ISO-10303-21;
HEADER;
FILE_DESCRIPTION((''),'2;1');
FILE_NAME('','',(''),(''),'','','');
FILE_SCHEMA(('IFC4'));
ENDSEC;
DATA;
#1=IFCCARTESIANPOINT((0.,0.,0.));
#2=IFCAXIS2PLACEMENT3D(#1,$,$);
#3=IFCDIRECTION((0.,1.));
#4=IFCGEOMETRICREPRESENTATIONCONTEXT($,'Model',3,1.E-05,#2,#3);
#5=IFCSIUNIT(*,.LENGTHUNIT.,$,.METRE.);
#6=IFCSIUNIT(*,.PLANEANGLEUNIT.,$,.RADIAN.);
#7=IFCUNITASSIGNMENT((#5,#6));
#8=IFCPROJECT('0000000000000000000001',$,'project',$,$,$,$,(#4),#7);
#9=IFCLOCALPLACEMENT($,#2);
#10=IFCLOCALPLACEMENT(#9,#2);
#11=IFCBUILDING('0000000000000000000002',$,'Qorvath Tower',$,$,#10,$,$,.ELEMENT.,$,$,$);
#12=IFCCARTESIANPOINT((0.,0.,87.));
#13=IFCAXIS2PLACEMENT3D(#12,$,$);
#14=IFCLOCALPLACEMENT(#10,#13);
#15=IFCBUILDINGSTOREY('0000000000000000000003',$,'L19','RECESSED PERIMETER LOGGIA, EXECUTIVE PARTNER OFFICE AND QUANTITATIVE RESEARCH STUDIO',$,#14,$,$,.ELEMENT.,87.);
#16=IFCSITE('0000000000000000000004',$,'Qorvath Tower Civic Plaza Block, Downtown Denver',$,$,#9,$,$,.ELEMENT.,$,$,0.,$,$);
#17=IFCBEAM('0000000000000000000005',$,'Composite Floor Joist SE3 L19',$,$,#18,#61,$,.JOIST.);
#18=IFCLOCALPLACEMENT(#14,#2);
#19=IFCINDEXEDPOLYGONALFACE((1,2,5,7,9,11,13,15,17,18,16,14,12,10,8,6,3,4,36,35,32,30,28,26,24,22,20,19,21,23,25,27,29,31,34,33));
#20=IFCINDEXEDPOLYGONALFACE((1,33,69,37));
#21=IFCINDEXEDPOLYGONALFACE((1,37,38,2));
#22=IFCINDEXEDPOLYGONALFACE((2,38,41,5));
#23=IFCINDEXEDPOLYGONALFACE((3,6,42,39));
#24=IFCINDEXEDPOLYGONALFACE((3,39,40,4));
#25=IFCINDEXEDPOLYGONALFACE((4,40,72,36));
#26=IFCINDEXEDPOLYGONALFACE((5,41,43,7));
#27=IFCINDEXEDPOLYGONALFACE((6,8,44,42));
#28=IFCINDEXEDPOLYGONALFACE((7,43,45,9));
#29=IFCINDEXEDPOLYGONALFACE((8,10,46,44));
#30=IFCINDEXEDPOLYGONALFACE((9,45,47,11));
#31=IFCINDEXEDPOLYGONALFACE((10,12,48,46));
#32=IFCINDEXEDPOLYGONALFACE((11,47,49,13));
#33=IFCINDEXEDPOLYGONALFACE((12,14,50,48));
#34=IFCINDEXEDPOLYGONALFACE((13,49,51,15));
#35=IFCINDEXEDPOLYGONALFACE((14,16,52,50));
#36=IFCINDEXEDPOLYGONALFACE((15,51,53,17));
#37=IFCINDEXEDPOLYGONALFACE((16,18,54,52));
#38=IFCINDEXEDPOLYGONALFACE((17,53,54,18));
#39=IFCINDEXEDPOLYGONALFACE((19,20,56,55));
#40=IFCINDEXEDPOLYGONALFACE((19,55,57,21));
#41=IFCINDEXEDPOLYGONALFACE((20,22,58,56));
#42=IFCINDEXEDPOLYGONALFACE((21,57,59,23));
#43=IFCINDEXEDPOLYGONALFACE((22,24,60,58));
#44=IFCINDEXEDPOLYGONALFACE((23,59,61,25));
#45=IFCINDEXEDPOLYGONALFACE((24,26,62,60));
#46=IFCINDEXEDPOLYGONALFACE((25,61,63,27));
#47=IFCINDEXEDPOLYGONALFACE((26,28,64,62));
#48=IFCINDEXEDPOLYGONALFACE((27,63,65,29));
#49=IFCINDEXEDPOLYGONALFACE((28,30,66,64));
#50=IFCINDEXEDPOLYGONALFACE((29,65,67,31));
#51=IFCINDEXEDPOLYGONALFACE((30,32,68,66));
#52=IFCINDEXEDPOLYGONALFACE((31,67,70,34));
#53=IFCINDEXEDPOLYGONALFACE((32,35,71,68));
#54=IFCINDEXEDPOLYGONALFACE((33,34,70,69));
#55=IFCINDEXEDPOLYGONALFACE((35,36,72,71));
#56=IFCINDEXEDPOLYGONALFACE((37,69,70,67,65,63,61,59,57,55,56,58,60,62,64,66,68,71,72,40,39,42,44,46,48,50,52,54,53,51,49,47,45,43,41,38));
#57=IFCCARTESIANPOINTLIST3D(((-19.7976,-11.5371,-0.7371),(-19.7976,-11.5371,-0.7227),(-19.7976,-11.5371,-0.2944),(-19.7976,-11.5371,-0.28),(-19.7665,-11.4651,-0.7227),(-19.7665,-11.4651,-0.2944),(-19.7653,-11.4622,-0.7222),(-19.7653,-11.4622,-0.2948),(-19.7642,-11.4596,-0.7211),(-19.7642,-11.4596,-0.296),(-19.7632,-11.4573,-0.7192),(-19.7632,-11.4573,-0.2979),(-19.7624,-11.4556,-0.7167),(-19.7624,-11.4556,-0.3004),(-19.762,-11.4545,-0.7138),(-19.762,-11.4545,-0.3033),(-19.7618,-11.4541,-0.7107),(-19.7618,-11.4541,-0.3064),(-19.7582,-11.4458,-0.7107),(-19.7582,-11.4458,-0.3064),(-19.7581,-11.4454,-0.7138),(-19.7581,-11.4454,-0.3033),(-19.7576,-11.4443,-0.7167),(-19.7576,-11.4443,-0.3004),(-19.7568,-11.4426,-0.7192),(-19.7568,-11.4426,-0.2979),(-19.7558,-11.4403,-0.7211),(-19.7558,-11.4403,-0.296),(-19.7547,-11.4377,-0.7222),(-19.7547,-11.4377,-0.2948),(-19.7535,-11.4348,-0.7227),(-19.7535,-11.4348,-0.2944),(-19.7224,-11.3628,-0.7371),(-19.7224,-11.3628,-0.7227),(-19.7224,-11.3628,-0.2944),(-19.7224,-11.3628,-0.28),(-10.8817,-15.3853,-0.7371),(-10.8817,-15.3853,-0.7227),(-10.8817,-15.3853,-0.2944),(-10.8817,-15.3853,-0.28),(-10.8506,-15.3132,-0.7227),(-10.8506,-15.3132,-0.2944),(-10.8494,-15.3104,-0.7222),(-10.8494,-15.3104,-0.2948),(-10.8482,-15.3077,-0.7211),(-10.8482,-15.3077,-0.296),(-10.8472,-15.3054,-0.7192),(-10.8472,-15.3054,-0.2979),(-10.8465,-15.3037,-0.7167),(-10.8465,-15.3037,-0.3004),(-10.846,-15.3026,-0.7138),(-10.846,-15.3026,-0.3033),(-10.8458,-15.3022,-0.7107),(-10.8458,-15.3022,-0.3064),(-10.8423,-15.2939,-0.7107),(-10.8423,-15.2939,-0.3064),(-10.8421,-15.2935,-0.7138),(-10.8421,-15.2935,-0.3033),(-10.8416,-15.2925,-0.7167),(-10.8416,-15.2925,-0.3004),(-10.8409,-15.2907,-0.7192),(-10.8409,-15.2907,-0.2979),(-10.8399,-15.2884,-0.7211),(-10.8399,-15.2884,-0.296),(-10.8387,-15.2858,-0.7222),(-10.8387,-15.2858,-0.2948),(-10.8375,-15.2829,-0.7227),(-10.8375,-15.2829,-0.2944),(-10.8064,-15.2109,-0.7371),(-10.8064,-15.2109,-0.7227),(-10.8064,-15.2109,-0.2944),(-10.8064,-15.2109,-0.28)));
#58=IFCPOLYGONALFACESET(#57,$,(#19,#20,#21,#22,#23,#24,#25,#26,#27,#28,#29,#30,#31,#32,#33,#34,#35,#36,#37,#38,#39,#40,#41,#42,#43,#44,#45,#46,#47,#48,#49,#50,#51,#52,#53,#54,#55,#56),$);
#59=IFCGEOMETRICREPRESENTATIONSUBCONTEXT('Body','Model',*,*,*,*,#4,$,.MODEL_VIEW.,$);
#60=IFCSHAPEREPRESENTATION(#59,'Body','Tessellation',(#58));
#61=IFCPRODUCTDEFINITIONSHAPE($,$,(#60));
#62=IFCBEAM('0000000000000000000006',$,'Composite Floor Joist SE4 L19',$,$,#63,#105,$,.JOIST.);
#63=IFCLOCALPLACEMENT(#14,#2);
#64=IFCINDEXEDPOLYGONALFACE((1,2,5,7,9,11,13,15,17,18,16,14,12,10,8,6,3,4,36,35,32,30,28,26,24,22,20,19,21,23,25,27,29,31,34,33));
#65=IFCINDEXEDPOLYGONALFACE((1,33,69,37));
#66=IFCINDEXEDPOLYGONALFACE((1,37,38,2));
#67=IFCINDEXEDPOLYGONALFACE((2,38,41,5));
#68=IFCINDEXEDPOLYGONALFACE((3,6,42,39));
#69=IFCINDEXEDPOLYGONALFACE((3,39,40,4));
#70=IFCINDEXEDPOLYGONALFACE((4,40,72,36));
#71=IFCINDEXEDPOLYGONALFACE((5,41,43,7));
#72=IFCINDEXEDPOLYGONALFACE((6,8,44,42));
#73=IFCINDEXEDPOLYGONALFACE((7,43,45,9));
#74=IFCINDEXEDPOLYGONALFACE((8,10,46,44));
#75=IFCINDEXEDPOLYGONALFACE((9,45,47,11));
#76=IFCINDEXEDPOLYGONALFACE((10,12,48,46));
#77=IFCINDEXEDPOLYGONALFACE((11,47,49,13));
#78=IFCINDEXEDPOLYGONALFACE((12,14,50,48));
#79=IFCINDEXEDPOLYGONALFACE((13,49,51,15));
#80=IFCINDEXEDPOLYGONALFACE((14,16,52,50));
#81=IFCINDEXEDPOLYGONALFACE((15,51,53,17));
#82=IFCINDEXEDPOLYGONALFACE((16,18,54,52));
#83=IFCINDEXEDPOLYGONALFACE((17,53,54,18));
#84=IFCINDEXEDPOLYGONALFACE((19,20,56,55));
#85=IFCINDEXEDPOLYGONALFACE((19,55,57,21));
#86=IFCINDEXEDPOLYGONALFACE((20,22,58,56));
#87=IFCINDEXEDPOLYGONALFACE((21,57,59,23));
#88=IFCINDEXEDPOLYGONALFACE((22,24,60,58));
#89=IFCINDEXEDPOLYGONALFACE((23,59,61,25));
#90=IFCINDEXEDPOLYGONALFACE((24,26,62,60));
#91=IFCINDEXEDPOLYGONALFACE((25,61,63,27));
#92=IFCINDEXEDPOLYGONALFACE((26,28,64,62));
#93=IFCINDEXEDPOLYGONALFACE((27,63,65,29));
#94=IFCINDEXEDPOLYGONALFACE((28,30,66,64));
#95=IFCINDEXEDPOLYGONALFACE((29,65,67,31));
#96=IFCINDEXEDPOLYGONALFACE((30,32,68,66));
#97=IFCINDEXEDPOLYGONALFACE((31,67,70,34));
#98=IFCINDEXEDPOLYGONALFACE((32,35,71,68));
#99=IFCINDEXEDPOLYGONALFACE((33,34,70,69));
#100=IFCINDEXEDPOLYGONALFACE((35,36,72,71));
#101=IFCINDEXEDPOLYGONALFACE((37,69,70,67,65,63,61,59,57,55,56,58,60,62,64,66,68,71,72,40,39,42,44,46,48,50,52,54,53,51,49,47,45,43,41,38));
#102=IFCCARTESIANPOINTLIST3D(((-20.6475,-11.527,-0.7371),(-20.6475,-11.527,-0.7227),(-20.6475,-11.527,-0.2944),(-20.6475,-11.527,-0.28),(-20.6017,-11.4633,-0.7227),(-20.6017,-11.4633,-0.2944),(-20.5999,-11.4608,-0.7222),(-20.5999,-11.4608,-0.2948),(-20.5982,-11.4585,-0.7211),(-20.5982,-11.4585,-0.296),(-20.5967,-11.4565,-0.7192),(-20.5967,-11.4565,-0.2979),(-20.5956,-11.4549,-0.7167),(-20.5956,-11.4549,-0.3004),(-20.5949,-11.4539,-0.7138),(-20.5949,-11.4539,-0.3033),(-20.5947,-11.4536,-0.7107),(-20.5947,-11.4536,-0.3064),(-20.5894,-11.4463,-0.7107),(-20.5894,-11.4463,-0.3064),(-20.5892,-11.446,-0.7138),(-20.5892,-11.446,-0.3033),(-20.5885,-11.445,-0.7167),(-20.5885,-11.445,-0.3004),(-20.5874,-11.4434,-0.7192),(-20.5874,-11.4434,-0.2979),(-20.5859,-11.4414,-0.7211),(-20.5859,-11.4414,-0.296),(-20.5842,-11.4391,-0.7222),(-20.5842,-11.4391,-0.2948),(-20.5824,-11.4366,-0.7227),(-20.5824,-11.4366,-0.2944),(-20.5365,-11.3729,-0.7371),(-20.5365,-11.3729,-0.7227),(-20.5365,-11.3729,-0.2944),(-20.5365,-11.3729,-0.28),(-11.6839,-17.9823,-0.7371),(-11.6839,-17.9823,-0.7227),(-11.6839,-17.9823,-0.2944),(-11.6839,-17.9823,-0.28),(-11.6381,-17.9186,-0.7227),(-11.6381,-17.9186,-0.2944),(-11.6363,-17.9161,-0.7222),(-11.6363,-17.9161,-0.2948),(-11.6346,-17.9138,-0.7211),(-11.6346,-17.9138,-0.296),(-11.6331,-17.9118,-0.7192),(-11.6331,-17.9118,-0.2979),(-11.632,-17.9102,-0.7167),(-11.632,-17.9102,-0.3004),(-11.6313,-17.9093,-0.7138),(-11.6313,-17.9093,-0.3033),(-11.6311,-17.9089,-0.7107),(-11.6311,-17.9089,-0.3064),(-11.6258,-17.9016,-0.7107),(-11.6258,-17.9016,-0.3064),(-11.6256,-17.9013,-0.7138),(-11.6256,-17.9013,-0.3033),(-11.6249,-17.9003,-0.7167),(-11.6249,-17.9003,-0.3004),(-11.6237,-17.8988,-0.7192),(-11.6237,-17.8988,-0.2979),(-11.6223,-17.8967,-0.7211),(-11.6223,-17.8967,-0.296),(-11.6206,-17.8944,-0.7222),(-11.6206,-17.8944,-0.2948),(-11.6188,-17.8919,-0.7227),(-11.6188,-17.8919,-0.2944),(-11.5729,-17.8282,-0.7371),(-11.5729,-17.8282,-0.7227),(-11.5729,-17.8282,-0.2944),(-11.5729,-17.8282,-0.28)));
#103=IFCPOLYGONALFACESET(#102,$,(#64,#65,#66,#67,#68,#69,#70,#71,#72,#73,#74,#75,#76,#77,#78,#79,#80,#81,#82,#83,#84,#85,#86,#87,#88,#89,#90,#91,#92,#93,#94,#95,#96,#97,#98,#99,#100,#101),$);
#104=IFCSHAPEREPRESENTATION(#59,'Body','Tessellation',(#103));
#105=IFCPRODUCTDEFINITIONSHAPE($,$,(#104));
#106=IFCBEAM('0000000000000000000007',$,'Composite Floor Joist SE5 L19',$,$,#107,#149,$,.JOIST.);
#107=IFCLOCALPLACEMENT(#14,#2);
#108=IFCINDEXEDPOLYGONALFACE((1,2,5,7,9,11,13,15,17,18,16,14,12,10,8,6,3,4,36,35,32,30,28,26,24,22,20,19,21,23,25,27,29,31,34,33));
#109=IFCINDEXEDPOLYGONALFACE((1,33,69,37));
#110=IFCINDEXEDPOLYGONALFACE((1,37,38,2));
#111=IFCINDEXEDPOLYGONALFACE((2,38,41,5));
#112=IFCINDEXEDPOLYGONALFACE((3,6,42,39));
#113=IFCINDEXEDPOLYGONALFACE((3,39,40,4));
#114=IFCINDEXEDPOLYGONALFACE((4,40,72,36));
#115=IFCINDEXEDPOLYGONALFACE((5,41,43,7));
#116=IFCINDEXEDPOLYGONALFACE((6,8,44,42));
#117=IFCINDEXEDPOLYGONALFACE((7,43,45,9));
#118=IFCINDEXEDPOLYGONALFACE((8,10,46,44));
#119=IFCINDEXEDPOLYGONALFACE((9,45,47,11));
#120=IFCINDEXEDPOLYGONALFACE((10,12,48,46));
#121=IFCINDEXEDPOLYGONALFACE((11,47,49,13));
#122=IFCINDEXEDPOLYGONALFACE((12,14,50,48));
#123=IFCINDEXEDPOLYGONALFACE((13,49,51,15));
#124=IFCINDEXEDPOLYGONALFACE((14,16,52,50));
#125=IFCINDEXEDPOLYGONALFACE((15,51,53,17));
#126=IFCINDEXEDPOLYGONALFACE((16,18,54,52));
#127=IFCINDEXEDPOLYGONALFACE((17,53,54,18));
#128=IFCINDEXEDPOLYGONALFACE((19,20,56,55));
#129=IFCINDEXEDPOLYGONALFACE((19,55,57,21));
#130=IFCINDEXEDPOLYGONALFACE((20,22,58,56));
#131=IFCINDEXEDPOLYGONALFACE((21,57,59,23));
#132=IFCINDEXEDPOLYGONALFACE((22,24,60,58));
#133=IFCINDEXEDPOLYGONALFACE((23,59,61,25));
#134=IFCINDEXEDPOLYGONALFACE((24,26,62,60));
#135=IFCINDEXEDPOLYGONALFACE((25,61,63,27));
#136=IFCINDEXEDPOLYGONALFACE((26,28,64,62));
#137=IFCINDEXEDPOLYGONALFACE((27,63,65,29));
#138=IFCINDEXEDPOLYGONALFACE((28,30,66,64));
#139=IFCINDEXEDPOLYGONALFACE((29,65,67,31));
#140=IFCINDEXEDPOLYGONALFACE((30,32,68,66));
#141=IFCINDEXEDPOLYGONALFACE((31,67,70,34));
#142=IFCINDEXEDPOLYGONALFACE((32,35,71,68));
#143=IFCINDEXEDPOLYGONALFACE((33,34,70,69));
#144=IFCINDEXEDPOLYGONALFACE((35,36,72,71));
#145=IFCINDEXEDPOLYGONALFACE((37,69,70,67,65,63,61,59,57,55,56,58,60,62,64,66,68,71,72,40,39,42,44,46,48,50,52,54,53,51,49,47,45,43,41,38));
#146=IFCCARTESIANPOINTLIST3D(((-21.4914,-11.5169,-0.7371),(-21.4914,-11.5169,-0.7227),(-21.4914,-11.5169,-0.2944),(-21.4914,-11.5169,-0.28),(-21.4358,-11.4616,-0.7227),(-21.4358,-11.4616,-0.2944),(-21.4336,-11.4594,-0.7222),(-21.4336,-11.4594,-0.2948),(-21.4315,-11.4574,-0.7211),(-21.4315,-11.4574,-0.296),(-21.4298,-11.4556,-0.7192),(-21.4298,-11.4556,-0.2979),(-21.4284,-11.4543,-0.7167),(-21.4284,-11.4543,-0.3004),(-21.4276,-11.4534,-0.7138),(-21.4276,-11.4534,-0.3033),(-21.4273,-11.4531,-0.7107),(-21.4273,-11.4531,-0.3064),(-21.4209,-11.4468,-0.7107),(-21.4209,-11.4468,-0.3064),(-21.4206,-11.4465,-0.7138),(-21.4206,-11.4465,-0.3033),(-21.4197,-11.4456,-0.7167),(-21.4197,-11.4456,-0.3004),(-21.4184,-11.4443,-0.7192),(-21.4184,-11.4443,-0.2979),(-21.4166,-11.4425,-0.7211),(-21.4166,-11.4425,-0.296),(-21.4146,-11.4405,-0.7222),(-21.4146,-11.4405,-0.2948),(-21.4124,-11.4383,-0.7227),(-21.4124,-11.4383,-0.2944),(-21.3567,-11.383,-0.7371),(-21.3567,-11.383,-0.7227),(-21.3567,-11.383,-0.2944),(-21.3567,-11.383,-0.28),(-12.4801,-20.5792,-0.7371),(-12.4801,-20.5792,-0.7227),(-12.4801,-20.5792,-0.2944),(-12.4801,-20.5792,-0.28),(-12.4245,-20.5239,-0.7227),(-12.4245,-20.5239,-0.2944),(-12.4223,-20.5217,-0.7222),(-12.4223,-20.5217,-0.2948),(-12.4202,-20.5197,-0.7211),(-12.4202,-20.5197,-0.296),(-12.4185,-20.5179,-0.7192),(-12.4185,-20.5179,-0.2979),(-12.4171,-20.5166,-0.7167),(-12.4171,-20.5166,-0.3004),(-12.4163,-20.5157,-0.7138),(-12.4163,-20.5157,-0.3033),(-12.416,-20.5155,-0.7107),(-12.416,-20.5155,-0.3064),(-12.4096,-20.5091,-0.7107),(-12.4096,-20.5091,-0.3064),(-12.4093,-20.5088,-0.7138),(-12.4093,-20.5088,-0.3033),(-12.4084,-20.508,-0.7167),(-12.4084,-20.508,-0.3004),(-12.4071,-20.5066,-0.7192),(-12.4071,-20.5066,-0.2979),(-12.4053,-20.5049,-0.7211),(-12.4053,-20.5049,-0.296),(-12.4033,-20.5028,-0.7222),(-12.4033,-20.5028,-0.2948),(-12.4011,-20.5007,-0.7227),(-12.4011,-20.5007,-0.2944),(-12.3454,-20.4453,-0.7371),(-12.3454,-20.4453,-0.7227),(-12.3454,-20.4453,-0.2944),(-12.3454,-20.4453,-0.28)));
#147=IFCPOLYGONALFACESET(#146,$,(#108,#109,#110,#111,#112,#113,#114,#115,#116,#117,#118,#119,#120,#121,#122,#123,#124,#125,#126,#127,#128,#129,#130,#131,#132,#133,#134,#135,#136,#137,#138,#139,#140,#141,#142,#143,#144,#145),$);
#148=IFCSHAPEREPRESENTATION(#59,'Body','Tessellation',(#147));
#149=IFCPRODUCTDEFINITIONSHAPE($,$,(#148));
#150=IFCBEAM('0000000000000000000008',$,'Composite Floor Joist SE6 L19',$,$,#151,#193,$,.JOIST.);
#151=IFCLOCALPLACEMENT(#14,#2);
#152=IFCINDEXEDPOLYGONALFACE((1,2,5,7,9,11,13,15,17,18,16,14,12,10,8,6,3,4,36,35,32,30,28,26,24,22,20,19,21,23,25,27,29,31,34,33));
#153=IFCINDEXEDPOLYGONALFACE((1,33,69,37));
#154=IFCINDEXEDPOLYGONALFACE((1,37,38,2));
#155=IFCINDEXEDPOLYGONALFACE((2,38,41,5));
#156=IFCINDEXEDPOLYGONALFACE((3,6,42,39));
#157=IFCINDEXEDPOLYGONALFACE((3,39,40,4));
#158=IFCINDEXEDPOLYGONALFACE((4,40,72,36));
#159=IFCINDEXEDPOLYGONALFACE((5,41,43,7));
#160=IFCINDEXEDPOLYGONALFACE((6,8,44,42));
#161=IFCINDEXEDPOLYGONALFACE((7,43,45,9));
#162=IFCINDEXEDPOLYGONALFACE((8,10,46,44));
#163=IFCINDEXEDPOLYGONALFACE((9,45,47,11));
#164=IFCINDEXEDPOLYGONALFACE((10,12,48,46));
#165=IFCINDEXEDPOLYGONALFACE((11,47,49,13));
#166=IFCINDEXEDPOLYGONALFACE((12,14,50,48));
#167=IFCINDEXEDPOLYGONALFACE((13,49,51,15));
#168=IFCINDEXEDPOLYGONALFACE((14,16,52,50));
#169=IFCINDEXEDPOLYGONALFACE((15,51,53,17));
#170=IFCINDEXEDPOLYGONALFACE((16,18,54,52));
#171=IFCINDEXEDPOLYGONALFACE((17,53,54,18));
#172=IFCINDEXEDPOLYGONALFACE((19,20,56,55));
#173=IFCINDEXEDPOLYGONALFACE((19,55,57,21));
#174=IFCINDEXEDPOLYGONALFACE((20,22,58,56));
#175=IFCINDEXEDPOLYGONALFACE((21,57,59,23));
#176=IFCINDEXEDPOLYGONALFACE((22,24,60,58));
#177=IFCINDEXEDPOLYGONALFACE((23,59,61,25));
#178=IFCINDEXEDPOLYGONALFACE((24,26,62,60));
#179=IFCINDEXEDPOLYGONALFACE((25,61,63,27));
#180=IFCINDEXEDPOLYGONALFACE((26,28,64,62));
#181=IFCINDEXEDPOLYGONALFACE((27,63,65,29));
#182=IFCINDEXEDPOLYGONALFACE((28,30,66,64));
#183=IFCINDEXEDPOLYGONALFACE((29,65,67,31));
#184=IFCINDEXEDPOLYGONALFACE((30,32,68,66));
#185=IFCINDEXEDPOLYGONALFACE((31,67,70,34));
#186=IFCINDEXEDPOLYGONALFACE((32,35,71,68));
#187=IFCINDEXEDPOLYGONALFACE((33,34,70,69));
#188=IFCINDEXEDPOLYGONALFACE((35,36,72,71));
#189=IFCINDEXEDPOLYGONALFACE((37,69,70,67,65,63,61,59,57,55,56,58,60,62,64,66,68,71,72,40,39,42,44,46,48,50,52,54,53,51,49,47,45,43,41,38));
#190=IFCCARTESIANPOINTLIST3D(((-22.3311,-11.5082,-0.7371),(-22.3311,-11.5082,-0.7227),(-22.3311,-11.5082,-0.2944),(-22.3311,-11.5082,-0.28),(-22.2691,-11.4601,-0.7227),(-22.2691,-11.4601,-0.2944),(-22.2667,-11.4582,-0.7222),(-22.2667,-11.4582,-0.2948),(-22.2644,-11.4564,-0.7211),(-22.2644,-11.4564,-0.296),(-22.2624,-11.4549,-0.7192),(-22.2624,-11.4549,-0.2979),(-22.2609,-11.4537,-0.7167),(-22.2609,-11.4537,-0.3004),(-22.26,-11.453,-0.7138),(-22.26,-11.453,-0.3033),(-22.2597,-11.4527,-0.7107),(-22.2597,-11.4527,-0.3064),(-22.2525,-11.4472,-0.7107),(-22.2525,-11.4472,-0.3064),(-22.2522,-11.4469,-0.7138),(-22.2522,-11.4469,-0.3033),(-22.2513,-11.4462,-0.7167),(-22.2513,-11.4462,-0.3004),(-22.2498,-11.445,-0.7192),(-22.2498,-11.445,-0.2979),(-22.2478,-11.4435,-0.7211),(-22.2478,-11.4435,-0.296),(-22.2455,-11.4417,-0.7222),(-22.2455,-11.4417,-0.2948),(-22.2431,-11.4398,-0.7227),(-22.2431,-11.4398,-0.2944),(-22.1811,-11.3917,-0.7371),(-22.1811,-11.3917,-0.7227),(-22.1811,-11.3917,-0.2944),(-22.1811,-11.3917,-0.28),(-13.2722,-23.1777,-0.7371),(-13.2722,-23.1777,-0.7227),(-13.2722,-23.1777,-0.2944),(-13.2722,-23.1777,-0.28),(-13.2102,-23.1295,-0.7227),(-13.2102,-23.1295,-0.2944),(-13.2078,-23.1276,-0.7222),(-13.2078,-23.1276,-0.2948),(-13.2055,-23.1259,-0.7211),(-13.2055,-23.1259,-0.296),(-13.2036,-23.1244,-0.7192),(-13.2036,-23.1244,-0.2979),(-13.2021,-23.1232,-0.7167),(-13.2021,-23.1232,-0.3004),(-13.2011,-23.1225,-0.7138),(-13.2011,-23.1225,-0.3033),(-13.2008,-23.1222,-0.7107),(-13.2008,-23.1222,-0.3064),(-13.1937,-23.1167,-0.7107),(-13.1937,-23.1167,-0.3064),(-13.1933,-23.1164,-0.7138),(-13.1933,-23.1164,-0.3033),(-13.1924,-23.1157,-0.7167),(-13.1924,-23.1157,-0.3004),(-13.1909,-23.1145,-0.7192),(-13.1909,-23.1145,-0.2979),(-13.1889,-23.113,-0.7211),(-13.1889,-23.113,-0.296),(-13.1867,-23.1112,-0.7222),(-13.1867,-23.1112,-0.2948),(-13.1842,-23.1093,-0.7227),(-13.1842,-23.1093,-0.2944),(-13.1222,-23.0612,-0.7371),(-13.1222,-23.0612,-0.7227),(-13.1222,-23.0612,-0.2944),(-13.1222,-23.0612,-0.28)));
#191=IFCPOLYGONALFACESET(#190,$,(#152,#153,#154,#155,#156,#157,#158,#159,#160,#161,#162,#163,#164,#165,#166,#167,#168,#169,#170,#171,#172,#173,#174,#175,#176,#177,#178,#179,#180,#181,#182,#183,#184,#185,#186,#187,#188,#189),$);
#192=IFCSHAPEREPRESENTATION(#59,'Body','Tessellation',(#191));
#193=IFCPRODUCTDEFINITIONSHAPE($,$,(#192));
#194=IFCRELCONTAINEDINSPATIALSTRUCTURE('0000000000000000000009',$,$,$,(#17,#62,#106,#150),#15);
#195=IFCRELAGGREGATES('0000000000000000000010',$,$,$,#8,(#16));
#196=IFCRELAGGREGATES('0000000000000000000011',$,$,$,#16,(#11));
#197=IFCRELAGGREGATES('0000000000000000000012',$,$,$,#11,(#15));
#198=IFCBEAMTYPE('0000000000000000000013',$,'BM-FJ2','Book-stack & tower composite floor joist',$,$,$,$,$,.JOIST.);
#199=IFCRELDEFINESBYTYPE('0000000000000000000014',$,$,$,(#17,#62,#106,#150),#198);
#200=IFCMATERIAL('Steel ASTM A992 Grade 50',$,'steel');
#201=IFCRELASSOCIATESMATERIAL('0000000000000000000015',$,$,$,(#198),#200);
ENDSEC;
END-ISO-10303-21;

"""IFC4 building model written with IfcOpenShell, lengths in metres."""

from ifc_helpers import new_model, si_unit, direction, frame, origin, origin_2d, place, context, subcontext, project, spatial, i_section, extrude, material, material_profile, profile_set, type_object, element, save


model = new_model("IFC4")

# Units and contexts
model_context = context("Model", 3, precision=1e-05, world=origin(), true_north=direction((0.0, 1.0)))
body_context = subcontext(model_context, "Body", "Model", "MODEL_VIEW")
ifc_project = project(units=[si_unit("LENGTHUNIT", "METRE"), si_unit("PLANEANGLEUNIT", "RADIAN")], contexts=[model_context])

# Site, building, storey
site_placement = place(None, origin())
site = spatial("IfcSite", under=ifc_project, at=site_placement, Name="Qorvath Tower Civic Plaza Block, Downtown Denver", CompositionType="ELEMENT", RefElevation=0.0)
building_placement = place(site_placement, origin())
building = spatial("IfcBuilding", under=site, at=building_placement, Name="Qorvath Tower", CompositionType="ELEMENT")
storey_placement = place(building_placement, frame((0.0, 0.0, 87.0)))
storey = spatial("IfcBuildingStorey", under=building, at=storey_placement, Name="L19", Description="RECESSED PERIMETER LOGGIA, EXECUTIVE PARTNER OFFICE AND QUANTITATIVE RESEARCH STUDIO", CompositionType="ELEMENT", Elevation=87.0)

# Beams
ifc_material_1 = material(Name="Steel ASTM A992 Grade 50", Category="steel")
ifc_material_profile_1 = material_profile(ifc_material_1, i_section(OverallWidth=0.1899, OverallDepth=0.457, WebThickness=0.009, FlangeThickness=0.0144, FilletRadius=0.012, at=origin_2d()), Name="W18x50")
ifc_profile_set_1 = profile_set([ifc_material_profile_1], Name="Steel ASTM A992 Grade 50")
beam_type_1 = type_object("IfcBeamType", Name="BM-FJ2", Description="Book-stack & tower composite floor joist", PredefinedType="JOIST", material=ifc_profile_set_1)
beam_1_placement = place(storey_placement, frame((-19.76, -11.45, -0.5085), z_axis=(0.918136, -0.396266, 0.0), x_axis=(0.396266, 0.918136, 0.0)))
element("IfcBeam", 1, at=beam_1_placement, inside=storey, type_object=beam_type_1, Name="Composite Floor Joist SE3 L19", PredefinedType="JOIST", context=body_context, shape_type="SweptSolid", body=[
    extrude(i_section(OverallWidth=0.1899, OverallDepth=0.457, WebThickness=0.009, FlangeThickness=0.0144, FilletRadius=0.012, at=origin_2d()), origin(), (0.0, 0.0, 1.0), 9.7109),
])
beam_2_placement = place(storey_placement, frame((-20.592, -11.45, -0.5085), z_axis=(0.811469, -0.584395, 0.0), x_axis=(0.584395, 0.811469, 0.0)))
element("IfcBeam", 2, at=beam_2_placement, inside=storey, type_object=beam_type_1, Name="Composite Floor Joist SE4 L19", PredefinedType="JOIST", context=body_context, shape_type="SweptSolid", body=[
    extrude(i_section(OverallWidth=0.1899, OverallDepth=0.457, WebThickness=0.009, FlangeThickness=0.0144, FilletRadius=0.012, at=origin_2d()), origin(), (0.0, 0.0, 1.0), 11.0461),
])
beam_3_placement = place(storey_placement, frame((-21.4241, -11.45, -0.5085), z_axis=(0.705108, -0.7091, 0.0), x_axis=(0.7091, 0.705108, 0.0)))
element("IfcBeam", 3, at=beam_3_placement, inside=storey, type_object=beam_type_1, Name="Composite Floor Joist SE5 L19", PredefinedType="JOIST", context=body_context, shape_type="SweptSolid", body=[
    extrude(i_section(OverallWidth=0.1899, OverallDepth=0.457, WebThickness=0.009, FlangeThickness=0.0144, FilletRadius=0.012, at=origin_2d()), origin(), (0.0, 0.0, 1.0), 12.78),
])
beam_4_placement = place(storey_placement, frame((-22.2561, -11.45, -0.5085), z_axis=(0.613207, -0.789922, 0.0), x_axis=(0.789922, 0.613207, 0.0)))
element("IfcBeam", 4, at=beam_4_placement, inside=storey, type_object=beam_type_1, Name="Composite Floor Joist SE6 L19", PredefinedType="JOIST", context=body_context, shape_type="SweptSolid", body=[
    extrude(i_section(OverallWidth=0.1899, OverallDepth=0.457, WebThickness=0.009, FlangeThickness=0.0144, FilletRadius=0.012, at=origin_2d()), origin(), (0.0, 0.0, 1.0), 14.7729),
])

save(model, "model.ifc")
